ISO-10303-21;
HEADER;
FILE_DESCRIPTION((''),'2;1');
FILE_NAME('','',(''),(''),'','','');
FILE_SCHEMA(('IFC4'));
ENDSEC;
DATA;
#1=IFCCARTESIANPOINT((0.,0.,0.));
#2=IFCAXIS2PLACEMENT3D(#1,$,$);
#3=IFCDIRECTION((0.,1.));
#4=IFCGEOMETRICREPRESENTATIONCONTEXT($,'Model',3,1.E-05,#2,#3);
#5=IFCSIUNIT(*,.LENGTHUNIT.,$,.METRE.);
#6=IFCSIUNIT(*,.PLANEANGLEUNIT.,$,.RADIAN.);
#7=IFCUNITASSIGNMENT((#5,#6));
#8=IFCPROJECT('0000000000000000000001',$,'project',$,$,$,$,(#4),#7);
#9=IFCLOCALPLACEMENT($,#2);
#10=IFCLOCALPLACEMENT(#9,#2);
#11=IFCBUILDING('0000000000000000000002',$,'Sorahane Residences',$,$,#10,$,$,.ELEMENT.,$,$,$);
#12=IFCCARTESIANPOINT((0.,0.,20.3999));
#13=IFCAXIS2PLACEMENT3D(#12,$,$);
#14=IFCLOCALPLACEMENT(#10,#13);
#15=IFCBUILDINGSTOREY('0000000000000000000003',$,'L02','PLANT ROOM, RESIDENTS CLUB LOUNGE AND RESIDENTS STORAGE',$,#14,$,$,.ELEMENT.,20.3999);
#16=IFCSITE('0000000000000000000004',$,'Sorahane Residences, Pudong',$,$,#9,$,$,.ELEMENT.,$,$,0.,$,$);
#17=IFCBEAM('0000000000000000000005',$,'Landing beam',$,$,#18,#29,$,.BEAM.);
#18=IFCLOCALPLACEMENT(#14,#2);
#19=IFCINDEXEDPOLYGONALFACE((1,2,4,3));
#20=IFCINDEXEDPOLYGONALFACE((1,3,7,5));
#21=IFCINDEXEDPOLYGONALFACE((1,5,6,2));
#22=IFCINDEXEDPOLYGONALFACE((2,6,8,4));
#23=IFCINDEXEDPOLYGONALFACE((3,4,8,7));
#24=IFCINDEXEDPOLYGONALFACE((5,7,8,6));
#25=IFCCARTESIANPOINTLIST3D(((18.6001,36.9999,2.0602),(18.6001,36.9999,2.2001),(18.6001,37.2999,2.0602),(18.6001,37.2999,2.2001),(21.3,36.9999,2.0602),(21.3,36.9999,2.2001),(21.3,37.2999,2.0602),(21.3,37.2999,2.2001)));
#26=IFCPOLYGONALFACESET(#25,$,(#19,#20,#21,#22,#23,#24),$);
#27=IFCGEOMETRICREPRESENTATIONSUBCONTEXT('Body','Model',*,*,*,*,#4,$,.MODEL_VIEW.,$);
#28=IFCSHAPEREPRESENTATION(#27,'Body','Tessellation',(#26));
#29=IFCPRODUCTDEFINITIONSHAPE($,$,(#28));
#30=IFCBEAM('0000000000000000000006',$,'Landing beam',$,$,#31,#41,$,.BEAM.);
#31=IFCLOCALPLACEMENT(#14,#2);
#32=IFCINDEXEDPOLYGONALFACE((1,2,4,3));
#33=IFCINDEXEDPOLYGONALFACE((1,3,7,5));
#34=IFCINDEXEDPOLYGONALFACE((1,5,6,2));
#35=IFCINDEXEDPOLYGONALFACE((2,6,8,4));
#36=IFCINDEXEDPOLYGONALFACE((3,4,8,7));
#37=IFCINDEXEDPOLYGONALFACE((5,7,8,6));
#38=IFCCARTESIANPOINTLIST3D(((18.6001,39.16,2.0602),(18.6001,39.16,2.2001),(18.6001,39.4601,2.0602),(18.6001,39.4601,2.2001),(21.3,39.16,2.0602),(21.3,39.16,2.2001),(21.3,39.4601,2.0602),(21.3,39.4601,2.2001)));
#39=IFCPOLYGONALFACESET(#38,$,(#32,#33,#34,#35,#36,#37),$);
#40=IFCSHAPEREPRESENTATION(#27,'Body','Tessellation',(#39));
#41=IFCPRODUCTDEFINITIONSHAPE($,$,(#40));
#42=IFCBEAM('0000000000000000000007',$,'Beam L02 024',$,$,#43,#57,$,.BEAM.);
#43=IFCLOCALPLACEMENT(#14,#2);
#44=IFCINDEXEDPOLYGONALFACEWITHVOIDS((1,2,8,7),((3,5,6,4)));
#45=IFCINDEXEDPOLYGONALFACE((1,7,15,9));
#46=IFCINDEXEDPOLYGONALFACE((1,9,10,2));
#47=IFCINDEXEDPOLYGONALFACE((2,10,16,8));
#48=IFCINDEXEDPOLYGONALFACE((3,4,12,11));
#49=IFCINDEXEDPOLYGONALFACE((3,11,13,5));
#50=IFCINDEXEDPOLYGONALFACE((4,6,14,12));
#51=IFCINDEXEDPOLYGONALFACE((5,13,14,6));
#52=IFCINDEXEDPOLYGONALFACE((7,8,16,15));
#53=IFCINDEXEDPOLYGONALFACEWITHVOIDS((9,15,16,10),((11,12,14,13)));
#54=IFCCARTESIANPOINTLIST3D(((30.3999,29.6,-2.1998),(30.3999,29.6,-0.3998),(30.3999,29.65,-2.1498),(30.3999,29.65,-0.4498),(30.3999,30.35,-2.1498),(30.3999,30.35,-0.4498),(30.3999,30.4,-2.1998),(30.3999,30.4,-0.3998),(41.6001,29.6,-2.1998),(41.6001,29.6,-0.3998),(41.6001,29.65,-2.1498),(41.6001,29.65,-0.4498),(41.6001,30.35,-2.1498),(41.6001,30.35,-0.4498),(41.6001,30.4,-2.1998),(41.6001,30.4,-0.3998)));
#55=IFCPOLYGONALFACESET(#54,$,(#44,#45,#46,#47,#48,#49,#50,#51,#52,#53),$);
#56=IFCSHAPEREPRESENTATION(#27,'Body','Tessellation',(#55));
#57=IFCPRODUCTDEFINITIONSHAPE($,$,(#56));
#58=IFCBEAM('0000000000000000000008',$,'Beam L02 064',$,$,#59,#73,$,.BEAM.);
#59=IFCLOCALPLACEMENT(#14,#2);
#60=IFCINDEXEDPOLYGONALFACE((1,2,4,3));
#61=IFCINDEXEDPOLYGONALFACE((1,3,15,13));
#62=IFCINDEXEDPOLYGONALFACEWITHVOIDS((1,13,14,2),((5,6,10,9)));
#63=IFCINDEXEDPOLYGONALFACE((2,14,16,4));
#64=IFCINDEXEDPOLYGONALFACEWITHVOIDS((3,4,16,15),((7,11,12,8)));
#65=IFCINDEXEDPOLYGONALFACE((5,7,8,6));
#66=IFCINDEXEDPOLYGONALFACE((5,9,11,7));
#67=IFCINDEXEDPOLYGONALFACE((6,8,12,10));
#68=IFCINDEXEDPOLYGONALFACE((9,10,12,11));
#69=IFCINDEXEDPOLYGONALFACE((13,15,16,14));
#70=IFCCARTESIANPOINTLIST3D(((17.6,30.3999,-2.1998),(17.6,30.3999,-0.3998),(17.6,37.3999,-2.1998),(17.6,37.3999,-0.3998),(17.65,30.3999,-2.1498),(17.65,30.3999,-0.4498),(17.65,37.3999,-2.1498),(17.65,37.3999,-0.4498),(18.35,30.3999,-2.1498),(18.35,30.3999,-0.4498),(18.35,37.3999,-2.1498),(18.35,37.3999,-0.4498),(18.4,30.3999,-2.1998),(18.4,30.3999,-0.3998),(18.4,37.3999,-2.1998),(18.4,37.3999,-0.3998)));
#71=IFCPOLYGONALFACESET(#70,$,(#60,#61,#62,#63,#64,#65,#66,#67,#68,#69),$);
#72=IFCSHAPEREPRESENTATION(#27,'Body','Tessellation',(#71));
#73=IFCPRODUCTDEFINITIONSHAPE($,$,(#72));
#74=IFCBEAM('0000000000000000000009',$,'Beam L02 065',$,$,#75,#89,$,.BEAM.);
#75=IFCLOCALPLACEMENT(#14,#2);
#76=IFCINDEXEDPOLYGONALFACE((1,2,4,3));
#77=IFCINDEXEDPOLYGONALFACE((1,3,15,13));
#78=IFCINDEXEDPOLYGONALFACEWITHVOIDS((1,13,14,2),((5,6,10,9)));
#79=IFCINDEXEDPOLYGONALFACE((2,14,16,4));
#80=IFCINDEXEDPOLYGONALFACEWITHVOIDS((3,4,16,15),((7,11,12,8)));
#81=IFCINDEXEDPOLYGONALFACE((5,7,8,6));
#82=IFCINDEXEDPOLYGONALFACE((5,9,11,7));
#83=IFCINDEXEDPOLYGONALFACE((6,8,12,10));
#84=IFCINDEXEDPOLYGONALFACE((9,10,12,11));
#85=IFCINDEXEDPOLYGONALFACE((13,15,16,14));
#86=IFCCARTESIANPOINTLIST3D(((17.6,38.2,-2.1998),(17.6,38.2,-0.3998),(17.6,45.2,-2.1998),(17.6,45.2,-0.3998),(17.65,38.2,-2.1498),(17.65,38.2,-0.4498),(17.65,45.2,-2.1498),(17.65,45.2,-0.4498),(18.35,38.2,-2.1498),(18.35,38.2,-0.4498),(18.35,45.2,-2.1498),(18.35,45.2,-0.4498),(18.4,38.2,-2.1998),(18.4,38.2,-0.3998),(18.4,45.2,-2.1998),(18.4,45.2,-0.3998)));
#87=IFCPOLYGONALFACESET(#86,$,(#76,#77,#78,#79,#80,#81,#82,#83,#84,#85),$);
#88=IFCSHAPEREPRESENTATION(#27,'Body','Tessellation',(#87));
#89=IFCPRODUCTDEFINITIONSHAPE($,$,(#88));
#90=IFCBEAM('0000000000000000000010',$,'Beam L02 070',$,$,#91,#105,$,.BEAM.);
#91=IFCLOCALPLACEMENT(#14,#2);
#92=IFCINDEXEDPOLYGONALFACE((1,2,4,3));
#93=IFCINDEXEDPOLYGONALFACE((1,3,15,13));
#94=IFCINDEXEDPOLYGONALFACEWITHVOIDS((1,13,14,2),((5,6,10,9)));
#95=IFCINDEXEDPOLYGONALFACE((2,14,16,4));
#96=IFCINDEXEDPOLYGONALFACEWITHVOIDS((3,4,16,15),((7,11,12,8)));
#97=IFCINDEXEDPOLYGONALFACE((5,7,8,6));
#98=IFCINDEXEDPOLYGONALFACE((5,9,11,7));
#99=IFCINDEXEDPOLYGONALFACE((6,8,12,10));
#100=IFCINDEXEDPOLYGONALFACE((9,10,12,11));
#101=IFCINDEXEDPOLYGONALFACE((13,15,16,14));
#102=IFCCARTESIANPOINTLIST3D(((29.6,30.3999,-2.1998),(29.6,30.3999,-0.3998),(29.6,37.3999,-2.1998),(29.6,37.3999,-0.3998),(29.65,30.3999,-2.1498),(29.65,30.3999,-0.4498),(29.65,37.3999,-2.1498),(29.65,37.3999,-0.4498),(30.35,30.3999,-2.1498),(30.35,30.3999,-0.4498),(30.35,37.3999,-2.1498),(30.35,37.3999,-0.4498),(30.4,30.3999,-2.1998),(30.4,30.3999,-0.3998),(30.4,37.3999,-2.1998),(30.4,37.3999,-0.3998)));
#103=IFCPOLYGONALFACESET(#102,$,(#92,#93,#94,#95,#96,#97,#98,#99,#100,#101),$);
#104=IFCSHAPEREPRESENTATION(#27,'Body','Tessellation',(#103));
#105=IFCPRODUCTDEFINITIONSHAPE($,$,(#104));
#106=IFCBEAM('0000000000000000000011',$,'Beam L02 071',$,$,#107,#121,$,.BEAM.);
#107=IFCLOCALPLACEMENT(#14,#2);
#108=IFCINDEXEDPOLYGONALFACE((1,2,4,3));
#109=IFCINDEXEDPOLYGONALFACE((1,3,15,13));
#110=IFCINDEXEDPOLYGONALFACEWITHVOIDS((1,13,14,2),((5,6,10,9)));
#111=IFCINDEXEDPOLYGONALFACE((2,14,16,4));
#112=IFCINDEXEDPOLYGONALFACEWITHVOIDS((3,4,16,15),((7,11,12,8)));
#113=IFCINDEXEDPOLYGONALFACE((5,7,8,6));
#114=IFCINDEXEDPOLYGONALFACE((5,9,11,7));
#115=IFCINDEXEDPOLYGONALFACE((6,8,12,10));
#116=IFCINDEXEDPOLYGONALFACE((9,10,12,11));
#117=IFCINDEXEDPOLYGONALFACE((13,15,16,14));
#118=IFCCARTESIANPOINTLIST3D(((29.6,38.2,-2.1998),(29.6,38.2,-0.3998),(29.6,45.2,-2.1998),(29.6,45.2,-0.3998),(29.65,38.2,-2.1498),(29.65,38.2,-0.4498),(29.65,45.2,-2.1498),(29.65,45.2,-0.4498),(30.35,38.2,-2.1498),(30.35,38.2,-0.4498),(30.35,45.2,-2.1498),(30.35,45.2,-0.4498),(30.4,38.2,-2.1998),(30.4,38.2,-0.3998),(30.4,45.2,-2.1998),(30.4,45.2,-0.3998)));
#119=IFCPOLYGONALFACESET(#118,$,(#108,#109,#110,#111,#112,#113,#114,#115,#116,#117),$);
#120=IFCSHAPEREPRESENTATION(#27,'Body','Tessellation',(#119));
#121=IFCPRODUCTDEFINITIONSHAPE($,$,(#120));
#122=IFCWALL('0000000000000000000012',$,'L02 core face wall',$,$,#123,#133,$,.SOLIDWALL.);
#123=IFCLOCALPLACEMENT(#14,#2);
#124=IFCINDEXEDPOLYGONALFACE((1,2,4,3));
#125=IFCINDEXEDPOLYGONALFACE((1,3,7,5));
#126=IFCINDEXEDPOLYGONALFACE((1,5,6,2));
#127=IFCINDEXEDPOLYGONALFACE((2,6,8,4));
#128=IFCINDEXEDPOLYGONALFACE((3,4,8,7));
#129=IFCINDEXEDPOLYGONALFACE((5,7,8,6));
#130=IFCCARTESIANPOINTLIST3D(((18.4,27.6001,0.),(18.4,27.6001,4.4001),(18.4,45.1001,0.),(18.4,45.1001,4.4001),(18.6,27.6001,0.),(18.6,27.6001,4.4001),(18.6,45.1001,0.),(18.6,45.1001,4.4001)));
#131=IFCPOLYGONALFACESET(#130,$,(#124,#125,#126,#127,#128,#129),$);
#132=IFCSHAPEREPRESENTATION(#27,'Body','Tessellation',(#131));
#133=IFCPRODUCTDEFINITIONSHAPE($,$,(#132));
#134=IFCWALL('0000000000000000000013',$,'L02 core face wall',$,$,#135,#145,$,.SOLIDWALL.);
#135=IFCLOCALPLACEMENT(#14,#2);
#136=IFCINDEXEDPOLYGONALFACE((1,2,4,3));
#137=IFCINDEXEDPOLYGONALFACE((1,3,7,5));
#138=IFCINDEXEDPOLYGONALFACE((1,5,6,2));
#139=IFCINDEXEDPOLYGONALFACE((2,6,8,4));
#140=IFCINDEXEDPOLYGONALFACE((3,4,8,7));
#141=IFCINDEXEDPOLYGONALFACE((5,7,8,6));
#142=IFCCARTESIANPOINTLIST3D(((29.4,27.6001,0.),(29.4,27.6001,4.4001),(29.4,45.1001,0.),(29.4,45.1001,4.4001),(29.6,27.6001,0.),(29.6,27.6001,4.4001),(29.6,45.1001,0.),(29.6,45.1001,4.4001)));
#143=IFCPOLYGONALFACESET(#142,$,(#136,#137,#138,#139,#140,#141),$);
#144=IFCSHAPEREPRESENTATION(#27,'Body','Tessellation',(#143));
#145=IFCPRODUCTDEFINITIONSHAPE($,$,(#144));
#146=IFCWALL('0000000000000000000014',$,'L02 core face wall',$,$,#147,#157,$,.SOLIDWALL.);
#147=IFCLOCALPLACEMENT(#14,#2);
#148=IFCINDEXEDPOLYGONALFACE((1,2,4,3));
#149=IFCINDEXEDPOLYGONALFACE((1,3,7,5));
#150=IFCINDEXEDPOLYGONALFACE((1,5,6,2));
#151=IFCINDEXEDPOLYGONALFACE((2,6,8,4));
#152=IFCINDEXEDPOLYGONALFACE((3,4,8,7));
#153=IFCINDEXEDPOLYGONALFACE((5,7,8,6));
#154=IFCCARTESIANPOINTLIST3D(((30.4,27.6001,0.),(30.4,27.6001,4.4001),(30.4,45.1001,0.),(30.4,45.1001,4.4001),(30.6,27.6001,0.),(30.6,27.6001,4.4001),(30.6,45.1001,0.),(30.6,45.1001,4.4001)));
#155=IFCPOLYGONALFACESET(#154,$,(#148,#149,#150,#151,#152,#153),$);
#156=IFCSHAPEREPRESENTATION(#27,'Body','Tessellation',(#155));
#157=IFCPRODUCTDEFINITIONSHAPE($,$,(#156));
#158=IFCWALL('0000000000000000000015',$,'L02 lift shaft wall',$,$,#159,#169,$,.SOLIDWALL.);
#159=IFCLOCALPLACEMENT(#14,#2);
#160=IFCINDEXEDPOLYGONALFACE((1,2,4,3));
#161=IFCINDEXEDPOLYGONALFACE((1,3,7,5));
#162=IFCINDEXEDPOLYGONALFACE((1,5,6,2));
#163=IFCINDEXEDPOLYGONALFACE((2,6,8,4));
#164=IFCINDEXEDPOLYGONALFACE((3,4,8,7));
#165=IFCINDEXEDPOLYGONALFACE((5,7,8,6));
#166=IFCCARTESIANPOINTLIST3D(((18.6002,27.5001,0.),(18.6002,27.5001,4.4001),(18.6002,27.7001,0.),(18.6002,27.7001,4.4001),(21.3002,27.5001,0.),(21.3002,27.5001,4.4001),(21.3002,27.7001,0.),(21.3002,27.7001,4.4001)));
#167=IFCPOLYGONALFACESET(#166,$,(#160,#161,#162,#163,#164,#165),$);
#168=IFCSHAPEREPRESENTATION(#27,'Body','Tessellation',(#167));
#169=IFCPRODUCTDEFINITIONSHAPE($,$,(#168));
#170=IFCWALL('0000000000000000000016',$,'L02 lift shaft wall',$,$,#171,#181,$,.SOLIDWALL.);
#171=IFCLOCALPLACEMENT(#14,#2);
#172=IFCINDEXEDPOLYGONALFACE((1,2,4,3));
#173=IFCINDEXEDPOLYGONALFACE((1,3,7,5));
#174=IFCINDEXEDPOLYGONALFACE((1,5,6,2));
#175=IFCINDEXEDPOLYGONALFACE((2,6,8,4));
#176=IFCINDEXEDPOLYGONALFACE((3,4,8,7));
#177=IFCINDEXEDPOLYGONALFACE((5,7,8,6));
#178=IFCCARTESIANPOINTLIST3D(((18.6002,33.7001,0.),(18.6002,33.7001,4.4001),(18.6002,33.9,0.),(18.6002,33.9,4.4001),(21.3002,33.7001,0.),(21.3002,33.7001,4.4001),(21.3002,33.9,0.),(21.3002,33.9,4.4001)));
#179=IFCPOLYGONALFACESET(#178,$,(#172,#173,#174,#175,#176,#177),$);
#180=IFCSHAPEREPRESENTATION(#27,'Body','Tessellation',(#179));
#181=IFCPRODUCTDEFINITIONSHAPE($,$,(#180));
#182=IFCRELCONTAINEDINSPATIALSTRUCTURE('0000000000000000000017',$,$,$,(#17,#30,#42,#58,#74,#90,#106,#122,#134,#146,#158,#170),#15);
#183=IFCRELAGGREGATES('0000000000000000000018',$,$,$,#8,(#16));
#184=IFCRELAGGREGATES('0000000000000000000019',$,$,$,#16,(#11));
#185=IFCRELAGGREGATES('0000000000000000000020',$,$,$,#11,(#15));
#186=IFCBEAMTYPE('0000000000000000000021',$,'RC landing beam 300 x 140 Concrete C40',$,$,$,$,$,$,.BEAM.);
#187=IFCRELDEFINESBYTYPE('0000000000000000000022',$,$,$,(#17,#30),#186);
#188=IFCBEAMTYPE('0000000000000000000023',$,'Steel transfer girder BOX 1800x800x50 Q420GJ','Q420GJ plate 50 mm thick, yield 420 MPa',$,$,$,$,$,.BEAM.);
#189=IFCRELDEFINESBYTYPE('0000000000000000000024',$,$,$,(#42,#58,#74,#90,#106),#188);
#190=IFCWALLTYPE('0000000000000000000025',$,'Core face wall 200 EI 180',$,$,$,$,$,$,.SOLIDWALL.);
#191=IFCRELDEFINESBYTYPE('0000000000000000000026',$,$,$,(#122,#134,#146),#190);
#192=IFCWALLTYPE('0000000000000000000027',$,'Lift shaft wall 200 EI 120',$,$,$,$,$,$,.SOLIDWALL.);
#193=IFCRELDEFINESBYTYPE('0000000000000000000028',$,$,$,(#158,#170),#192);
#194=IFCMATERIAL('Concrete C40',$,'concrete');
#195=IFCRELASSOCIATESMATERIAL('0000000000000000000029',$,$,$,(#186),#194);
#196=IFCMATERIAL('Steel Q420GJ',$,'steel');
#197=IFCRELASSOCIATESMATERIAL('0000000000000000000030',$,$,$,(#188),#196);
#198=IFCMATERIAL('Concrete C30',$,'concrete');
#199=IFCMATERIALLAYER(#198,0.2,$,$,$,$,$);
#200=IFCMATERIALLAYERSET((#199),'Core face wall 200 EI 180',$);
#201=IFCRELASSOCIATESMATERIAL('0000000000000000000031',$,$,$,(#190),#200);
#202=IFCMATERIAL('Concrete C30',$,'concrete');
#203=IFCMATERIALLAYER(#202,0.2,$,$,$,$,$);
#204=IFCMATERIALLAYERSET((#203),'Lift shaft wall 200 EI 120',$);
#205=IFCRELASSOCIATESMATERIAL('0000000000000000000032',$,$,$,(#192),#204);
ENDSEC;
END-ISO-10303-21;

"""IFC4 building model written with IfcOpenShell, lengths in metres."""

from ifc_helpers import new_model, si_unit, direction, frame, frame_2d, origin, origin_2d, place, context, subcontext, project, spatial, rectangle, hollow_rectangle, extrude, material, layer, layer_set, material_profile, profile_set, type_object, element, save


model = new_model("IFC4")

# Units and contexts
model_context = context("Model", 3, precision=1e-05, world=origin(), true_north=direction((0.0, 1.0)))
body_context = subcontext(model_context, "Body", "Model", "MODEL_VIEW")
ifc_project = project(units=[si_unit("LENGTHUNIT", "METRE"), si_unit("PLANEANGLEUNIT", "RADIAN")], contexts=[model_context])

# Site, building, storey
site_placement = place(None, origin())
site = spatial("IfcSite", under=ifc_project, at=site_placement, Name="Sorahane Residences, Pudong", CompositionType="ELEMENT", RefElevation=0.0)
building_placement = place(site_placement, origin())
building = spatial("IfcBuilding", under=site, at=building_placement, Name="Sorahane Residences", CompositionType="ELEMENT")
storey_placement = place(building_placement, frame((0.0, 0.0, 20.3999)))
storey = spatial("IfcBuildingStorey", under=building, at=storey_placement, Name="L02", Description="PLANT ROOM, RESIDENTS CLUB LOUNGE AND RESIDENTS STORAGE", CompositionType="ELEMENT", Elevation=20.3999)

# Beams
ifc_material_1 = material(Name="Concrete C40", Category="concrete")
ifc_material_profile_1 = material_profile(ifc_material_1, rectangle(XDim=0.3, YDim=0.1399, at=origin_2d()), Name="300x140")
ifc_profile_set_1 = profile_set([ifc_material_profile_1], Name="Concrete C40")
beam_type_1 = type_object("IfcBeamType", Name="RC landing beam 300 x 140 Concrete C40", PredefinedType="BEAM", material=ifc_profile_set_1)
for number, where, z_axis, x_axis, name in (
    (1, (18.6001, 37.1499, 2.1301), (1.0, 0.0, 0.0), (0.0, 1.0, 0.0), "Landing beam"),
    (2, (18.6001, 39.3101, 2.1301), (1.0, 0.0, 0.0), (0.0, 1.0, 0.0), "Landing beam"),
):
    element("IfcBeam", number, at=place(storey_placement, frame(where, z_axis=z_axis, x_axis=x_axis)), inside=storey, type_object=beam_type_1, Name=name, PredefinedType="BEAM", context=body_context, shape_type="SweptSolid", body=[
        extrude(rectangle(XDim=0.3, YDim=0.1399, at=origin_2d()), origin(), (0.0, 0.0, 1.0), 2.7),
    ])
ifc_material_2 = material(Name="Steel Q420GJ", Category="steel")
ifc_material_profile_2 = material_profile(ifc_material_2, hollow_rectangle(XDim=0.8, YDim=1.8, WallThickness=0.05, at=origin_2d()), Name="BOX 1800x800x50")
ifc_profile_set_2 = profile_set([ifc_material_profile_2], Name="Steel Q420GJ")
beam_type_2 = type_object("IfcBeamType", Name="Steel transfer girder BOX 1800x800x50 Q420GJ", Description="Q420GJ plate 50 mm thick, yield 420 MPa", PredefinedType="BEAM", material=ifc_profile_set_2)
beam_placement = place(storey_placement, frame((30.3999, 30.0, -1.2998), z_axis=(1.0, 0.0, 0.0), x_axis=(0.0, 1.0, 0.0)))
element("IfcBeam", 3, at=beam_placement, inside=storey, type_object=beam_type_2, Name="Beam L02 024", PredefinedType="BEAM", context=body_context, shape_type="SweptSolid", body=[
    extrude(hollow_rectangle(XDim=0.8, YDim=1.8, WallThickness=0.05, at=origin_2d()), origin(), (0.0, 0.0, 1.0), 11.2002),
])
for number, where, z_axis, x_axis, name in (
    (4, (18.0, 30.3999, -1.2998), (0.0, 1.0, 0.0), (-1.0, 0.0, 0.0), "Beam L02 064"),
    (5, (18.0, 38.2, -1.2998), (0.0, 1.0, 0.0), (-1.0, 0.0, 0.0), "Beam L02 065"),
    (6, (30.0, 30.3999, -1.2998), (0.0, 1.0, 0.0), (-1.0, 0.0, 0.0), "Beam L02 070"),
    (7, (30.0, 38.2, -1.2998), (0.0, 1.0, 0.0), (-1.0, 0.0, 0.0), "Beam L02 071"),
):
    element("IfcBeam", number, at=place(storey_placement, frame(where, z_axis=z_axis, x_axis=x_axis)), inside=storey, type_object=beam_type_2, Name=name, PredefinedType="BEAM", context=body_context, shape_type="SweptSolid", body=[
        extrude(hollow_rectangle(XDim=0.8, YDim=1.8, WallThickness=0.05, at=origin_2d()), origin(), (0.0, 0.0, 1.0), 7.0),
    ])

# Walls
ifc_material_3 = material(Name="Concrete C30", Category="concrete")
ifc_layer_1 = layer(ifc_material_3, 0.2)
ifc_layer_set_1 = layer_set([ifc_layer_1], Name="Core face wall 200 EI 180")
wall_type_1 = type_object("IfcWallType", Name="Core face wall 200 EI 180", PredefinedType="SOLIDWALL", material=ifc_layer_set_1)
for number, where, z_axis, x_axis, name in (
    (8, (18.5, 27.6001, 0.0), (0.0, 0.0, 1.0), (0.0, 1.0, 0.0), "L02 core face wall"),
    (9, (29.5, 27.6001, 0.0), (0.0, 0.0, 1.0), (0.0, 1.0, 0.0), "L02 core face wall"),
    (10, (30.5, 27.6001, 0.0), (0.0, 0.0, 1.0), (0.0, 1.0, 0.0), "L02 core face wall"),
):
    element("IfcWall", number, at=place(storey_placement, frame(where, z_axis=z_axis, x_axis=x_axis)), inside=storey, type_object=wall_type_1, Name=name, PredefinedType="SOLIDWALL", context=body_context, shape_type="SweptSolid", body=[
        extrude(rectangle(XDim=17.5, YDim=0.2, at=frame_2d((8.75, 0.0))), origin(), (0.0, 0.0, 1.0), 4.4001),
    ])
ifc_material_4 = material(Name="Concrete C30", Category="concrete")
ifc_layer_2 = layer(ifc_material_4, 0.2)
ifc_layer_set_2 = layer_set([ifc_layer_2], Name="Lift shaft wall 200 EI 120")
wall_type_2 = type_object("IfcWallType", Name="Lift shaft wall 200 EI 120", PredefinedType="SOLIDWALL", material=ifc_layer_set_2)
for number, where, z_axis, x_axis, name in (
    (11, (18.6001, 27.6001, 0.0), (0.0, 0.0, 1.0), (1.0, 0.0, 0.0), "L02 lift shaft wall"),
    (12, (18.6001, 33.8, 0.0), (0.0, 0.0, 1.0), (1.0, 0.0, 0.0), "L02 lift shaft wall"),
):
    element("IfcWall", number, at=place(storey_placement, frame(where, z_axis=z_axis, x_axis=x_axis)), inside=storey, type_object=wall_type_2, Name=name, PredefinedType="SOLIDWALL", context=body_context, shape_type="SweptSolid", body=[
        extrude(rectangle(XDim=2.7, YDim=0.2, at=frame_2d((1.3501, 0.0))), origin(), (0.0, 0.0, 1.0), 4.4001),
    ])

save(model, "model.ifc")
